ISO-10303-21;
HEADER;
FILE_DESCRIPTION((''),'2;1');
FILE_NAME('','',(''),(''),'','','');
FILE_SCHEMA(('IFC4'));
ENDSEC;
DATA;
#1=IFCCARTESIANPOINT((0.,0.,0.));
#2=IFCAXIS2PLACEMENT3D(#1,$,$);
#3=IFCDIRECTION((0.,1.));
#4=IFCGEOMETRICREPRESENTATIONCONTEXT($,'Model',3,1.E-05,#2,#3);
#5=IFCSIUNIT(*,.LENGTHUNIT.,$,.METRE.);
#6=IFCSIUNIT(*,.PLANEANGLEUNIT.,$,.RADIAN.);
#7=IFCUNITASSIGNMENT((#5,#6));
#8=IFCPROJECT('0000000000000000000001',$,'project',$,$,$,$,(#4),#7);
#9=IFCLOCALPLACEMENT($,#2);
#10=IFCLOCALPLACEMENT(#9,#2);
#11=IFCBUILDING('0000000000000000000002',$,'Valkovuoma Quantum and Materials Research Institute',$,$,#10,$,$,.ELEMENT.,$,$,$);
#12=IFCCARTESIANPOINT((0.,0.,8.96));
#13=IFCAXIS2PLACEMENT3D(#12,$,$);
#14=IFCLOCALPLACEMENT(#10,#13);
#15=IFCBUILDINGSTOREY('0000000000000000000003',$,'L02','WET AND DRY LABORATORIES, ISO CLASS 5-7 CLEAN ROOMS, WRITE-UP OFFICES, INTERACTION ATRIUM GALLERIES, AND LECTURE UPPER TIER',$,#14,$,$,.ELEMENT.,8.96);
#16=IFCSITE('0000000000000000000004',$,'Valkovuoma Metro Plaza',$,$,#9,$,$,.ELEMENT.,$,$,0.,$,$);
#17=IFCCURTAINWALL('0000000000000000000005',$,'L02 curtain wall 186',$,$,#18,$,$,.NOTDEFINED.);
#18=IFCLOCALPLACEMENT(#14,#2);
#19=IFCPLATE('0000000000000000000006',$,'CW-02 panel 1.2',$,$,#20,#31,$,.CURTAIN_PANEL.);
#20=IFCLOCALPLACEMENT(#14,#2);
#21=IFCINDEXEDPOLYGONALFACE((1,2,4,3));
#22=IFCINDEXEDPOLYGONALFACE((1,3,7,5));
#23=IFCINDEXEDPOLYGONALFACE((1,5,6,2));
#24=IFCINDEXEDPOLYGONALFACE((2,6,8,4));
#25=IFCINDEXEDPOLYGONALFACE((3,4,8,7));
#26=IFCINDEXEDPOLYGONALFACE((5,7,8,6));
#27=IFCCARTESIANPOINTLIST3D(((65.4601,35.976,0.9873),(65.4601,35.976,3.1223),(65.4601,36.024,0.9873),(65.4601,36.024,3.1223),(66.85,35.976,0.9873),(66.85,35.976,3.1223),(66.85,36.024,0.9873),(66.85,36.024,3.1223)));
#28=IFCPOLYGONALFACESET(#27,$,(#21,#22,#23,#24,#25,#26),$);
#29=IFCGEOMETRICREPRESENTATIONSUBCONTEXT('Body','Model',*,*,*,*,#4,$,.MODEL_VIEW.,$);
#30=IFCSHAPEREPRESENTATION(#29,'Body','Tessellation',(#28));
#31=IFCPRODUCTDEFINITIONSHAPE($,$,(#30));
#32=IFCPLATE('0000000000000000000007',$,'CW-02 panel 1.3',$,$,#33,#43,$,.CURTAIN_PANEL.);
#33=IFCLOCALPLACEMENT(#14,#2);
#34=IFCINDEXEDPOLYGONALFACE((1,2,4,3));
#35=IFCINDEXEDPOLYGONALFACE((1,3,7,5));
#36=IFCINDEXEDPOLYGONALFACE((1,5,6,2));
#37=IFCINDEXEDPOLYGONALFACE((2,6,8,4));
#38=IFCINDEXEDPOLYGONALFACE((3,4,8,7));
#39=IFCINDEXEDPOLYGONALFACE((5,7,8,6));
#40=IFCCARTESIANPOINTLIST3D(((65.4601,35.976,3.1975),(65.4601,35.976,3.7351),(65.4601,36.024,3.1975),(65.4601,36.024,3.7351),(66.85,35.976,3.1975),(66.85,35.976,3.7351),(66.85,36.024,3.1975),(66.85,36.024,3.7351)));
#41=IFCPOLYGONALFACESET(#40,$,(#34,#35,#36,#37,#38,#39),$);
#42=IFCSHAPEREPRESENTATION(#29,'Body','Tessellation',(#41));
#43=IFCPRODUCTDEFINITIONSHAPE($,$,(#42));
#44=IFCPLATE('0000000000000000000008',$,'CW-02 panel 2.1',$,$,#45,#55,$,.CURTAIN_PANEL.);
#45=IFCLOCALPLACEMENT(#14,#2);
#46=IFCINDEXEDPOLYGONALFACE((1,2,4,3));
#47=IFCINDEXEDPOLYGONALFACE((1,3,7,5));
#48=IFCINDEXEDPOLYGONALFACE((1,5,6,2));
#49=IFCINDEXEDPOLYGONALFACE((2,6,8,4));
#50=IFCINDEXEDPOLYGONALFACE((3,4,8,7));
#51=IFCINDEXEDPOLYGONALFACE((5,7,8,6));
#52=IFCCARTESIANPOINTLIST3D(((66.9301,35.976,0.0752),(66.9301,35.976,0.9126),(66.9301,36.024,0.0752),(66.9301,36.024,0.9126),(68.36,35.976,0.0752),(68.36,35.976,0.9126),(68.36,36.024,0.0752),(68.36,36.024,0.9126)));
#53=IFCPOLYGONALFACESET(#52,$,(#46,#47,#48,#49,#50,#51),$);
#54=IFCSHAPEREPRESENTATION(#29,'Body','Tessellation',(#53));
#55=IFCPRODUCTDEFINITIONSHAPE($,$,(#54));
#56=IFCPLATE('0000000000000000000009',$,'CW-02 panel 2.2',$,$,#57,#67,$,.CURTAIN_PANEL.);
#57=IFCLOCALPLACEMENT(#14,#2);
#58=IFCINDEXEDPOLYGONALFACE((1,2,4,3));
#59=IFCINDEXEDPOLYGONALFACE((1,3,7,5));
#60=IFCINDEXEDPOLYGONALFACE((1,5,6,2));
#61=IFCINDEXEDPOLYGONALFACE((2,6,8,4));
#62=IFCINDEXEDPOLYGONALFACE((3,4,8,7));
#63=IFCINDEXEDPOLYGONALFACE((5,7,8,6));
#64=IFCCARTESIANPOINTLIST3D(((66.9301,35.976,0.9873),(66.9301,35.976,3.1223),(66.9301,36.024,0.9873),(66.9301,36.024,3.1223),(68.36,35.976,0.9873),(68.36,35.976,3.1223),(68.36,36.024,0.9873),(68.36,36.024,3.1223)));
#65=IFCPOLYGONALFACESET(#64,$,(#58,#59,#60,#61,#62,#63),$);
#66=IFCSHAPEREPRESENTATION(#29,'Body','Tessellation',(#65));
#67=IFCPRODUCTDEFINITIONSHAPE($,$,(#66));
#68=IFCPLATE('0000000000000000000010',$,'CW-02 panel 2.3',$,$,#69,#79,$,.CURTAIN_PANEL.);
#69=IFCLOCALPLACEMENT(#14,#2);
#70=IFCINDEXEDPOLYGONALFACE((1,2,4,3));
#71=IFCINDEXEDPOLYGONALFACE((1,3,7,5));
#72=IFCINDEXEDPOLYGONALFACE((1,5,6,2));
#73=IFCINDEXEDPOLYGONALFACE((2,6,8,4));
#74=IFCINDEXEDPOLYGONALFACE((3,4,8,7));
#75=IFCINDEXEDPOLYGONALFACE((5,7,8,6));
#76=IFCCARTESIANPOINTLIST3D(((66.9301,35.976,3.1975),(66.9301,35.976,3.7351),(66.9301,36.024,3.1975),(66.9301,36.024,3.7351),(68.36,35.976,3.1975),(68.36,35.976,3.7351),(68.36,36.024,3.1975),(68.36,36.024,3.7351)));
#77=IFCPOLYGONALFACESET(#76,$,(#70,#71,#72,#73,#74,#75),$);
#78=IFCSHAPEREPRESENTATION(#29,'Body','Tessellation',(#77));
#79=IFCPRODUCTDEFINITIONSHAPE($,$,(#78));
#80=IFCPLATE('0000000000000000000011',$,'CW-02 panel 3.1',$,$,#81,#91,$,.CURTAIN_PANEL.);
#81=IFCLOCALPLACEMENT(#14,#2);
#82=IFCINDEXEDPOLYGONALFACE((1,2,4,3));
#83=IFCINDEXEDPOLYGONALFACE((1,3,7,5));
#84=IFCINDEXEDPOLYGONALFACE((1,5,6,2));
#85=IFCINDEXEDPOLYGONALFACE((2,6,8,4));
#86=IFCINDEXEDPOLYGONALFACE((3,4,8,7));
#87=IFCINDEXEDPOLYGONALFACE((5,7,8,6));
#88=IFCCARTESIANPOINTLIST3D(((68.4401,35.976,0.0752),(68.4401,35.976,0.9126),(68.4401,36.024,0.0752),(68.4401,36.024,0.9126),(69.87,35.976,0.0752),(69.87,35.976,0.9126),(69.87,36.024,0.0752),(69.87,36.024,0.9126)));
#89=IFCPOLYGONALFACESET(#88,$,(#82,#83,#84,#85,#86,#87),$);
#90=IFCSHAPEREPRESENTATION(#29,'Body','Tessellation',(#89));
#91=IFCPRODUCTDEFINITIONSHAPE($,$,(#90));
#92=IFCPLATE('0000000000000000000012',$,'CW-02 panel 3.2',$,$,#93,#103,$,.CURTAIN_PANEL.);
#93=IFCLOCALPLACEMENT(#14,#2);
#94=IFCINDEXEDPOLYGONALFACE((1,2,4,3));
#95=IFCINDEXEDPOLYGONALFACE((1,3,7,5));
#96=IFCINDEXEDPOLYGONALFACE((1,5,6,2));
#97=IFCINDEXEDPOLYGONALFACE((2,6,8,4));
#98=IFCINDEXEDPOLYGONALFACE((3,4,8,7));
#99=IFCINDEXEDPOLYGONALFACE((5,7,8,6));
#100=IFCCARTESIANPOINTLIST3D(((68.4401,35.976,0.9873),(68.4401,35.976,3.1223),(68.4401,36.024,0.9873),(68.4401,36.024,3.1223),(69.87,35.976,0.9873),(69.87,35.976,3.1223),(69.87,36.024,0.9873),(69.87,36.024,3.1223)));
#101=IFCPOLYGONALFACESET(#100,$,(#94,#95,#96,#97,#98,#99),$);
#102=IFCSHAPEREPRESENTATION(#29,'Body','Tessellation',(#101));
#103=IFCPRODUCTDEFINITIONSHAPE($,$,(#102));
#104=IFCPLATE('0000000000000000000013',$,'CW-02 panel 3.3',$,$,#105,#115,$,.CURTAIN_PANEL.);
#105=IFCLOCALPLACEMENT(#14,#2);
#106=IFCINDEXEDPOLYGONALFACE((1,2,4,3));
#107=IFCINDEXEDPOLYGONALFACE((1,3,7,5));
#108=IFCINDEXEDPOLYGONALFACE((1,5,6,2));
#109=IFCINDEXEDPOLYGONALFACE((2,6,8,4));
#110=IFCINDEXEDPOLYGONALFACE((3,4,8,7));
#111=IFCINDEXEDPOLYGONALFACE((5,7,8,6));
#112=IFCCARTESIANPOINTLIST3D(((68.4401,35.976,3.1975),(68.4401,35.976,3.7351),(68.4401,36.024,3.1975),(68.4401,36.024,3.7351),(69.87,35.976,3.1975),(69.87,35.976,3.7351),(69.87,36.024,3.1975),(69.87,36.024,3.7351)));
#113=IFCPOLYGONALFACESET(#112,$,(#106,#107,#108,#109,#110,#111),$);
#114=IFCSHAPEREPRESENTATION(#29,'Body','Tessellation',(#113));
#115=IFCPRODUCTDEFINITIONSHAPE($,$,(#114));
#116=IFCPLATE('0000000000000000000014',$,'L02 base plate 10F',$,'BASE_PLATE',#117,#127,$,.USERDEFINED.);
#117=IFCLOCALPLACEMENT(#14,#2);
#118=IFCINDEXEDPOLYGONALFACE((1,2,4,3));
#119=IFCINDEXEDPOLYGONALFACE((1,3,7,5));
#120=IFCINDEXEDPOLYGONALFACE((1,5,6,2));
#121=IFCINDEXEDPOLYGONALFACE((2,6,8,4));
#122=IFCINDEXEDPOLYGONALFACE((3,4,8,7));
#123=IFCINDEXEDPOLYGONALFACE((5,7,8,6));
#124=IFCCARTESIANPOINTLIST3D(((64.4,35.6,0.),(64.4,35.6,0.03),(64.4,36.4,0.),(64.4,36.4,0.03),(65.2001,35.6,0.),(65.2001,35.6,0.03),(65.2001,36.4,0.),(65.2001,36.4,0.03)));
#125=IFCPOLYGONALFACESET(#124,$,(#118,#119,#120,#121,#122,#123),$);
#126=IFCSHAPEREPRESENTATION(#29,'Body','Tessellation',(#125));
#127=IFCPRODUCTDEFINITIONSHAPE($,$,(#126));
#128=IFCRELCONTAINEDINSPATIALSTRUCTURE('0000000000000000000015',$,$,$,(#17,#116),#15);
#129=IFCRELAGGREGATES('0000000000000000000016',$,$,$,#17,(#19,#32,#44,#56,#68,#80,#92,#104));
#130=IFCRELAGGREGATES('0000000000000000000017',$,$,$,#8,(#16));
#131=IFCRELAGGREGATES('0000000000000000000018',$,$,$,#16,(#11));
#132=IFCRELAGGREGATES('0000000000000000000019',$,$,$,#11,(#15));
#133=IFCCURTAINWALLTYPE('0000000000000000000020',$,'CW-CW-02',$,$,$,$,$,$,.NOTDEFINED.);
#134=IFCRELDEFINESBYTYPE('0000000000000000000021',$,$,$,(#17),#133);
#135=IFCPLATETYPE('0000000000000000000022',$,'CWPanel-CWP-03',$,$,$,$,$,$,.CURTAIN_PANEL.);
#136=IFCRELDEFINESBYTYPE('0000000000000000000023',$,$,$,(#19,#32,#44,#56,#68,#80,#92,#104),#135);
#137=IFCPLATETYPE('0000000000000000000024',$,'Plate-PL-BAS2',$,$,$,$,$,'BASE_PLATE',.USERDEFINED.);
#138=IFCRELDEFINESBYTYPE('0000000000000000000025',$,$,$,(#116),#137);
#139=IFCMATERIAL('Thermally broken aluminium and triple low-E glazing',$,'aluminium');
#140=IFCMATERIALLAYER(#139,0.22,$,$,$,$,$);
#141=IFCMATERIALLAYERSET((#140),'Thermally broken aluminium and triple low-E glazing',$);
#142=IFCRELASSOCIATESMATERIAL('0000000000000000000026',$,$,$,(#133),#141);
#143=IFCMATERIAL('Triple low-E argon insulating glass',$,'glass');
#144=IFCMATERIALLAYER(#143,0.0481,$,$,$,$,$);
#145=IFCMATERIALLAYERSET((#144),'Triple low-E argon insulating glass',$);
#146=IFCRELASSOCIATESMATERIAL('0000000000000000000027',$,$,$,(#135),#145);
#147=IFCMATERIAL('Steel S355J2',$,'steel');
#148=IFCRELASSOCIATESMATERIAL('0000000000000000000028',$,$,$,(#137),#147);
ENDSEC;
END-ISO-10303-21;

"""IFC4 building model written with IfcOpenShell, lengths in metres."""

from ifc_helpers import new_model, si_unit, direction, frame, origin, origin_2d, place, context, subcontext, project, spatial, rectangle, extrude, material, layer, layer_set, type_object, element, aggregate, save


model = new_model("IFC4")

# Units and contexts
model_context = context("Model", 3, precision=1e-05, world=origin(), true_north=direction((0.0, 1.0)))
body_context = subcontext(model_context, "Body", "Model", "MODEL_VIEW")
ifc_project = project(units=[si_unit("LENGTHUNIT", "METRE"), si_unit("PLANEANGLEUNIT", "RADIAN")], contexts=[model_context])

# Site, building, storey
site_placement = place(None, origin())
site = spatial("IfcSite", under=ifc_project, at=site_placement, Name="Valkovuoma Metro Plaza", CompositionType="ELEMENT", RefElevation=0.0)
building_placement = place(site_placement, origin())
building = spatial("IfcBuilding", under=site, at=building_placement, Name="Valkovuoma Quantum and Materials Research Institute", CompositionType="ELEMENT")
storey_placement = place(building_placement, frame((0.0, 0.0, 8.96)))
storey = spatial("IfcBuildingStorey", under=building, at=storey_placement, Name="L02", Description="WET AND DRY LABORATORIES, ISO CLASS 5-7 CLEAN ROOMS, WRITE-UP OFFICES, INTERACTION ATRIUM GALLERIES, AND LECTURE UPPER TIER", CompositionType="ELEMENT", Elevation=8.96)

# Shared definitions
ifc_material_1 = material(Name="Thermally broken aluminium and triple low-E glazing", Category="aluminium")
ifc_layer_1 = layer(ifc_material_1, 0.22)
ifc_layer_set_1 = layer_set([ifc_layer_1], Name="Thermally broken aluminium and triple low-E glazing")
curtain_wall_type = type_object("IfcCurtainWallType", Name="CW-CW-02", PredefinedType="NOTDEFINED", material=ifc_layer_set_1)

# Curtain wall
curtain_wall_1_placement = place(storey_placement, origin())
curtain_wall_1 = element("IfcCurtainWall", 1, at=curtain_wall_1_placement, inside=storey, type_object=curtain_wall_type, Name="L02 curtain wall 186", PredefinedType="NOTDEFINED")

# Plates
ifc_material_2 = material(Name="Triple low-E argon insulating glass", Category="glass")
ifc_layer_2 = layer(ifc_material_2, 0.0481)
ifc_layer_set_2 = layer_set([ifc_layer_2], Name="Triple low-E argon insulating glass")
plate_type_1 = type_object("IfcPlateType", Name="CWPanel-CWP-03", PredefinedType="CURTAIN_PANEL", material=ifc_layer_set_2)
plate_1_placement = place(storey_placement, frame((66.155, 36.0, 0.9873), z_axis=(0.0, 0.0, 1.0), x_axis=(1.0, 0.0, 0.0)))
plate_1 = element("IfcPlate", 2, at=plate_1_placement, type_object=plate_type_1, Name="CW-02 panel 1.2", PredefinedType="CURTAIN_PANEL", context=body_context, shape_type="SweptSolid", body=[
    extrude(rectangle(XDim=1.3899, YDim=0.0481, at=origin_2d()), origin(), (0.0, 0.0, 1.0), 2.135),
])
plate_2_placement = place(storey_placement, frame((66.155, 36.0, 3.1975), z_axis=(0.0, 0.0, 1.0), x_axis=(1.0, 0.0, 0.0)))
plate_2 = element("IfcPlate", 3, at=plate_2_placement, type_object=plate_type_1, Name="CW-02 panel 1.3", PredefinedType="CURTAIN_PANEL", context=body_context, shape_type="SweptSolid", body=[
    extrude(rectangle(XDim=1.3899, YDim=0.0481, at=origin_2d()), origin(), (0.0, 0.0, 1.0), 0.5376),
])
plate_3_placement = place(storey_placement, frame((67.645, 36.0, 0.0752), z_axis=(0.0, 0.0, 1.0), x_axis=(1.0, 0.0, 0.0)))
plate_3 = element("IfcPlate", 4, at=plate_3_placement, type_object=plate_type_1, Name="CW-02 panel 2.1", PredefinedType="CURTAIN_PANEL", context=body_context, shape_type="SweptSolid", body=[
    extrude(rectangle(XDim=1.4299, YDim=0.0481, at=origin_2d()), origin(), (0.0, 0.0, 1.0), 0.8374),
])
plate_4_placement = place(storey_placement, frame((67.645, 36.0, 0.9873), z_axis=(0.0, 0.0, 1.0), x_axis=(1.0, 0.0, 0.0)))
plate_4 = element("IfcPlate", 5, at=plate_4_placement, type_object=plate_type_1, Name="CW-02 panel 2.2", PredefinedType="CURTAIN_PANEL", context=body_context, shape_type="SweptSolid", body=[
    extrude(rectangle(XDim=1.4299, YDim=0.0481, at=origin_2d()), origin(), (0.0, 0.0, 1.0), 2.135),
])
plate_5_placement = place(storey_placement, frame((67.645, 36.0, 3.1975), z_axis=(0.0, 0.0, 1.0), x_axis=(1.0, 0.0, 0.0)))
plate_5 = element("IfcPlate", 6, at=plate_5_placement, type_object=plate_type_1, Name="CW-02 panel 2.3", PredefinedType="CURTAIN_PANEL", context=body_context, shape_type="SweptSolid", body=[
    extrude(rectangle(XDim=1.4299, YDim=0.0481, at=origin_2d()), origin(), (0.0, 0.0, 1.0), 0.5376),
])
plate_6_placement = place(storey_placement, frame((69.155, 36.0, 0.0752), z_axis=(0.0, 0.0, 1.0), x_axis=(1.0, 0.0, 0.0)))
plate_6 = element("IfcPlate", 7, at=plate_6_placement, type_object=plate_type_1, Name="CW-02 panel 3.1", PredefinedType="CURTAIN_PANEL", context=body_context, shape_type="SweptSolid", body=[
    extrude(rectangle(XDim=1.4299, YDim=0.0481, at=origin_2d()), origin(), (0.0, 0.0, 1.0), 0.8374),
])
plate_7_placement = place(storey_placement, frame((69.155, 36.0, 0.9873), z_axis=(0.0, 0.0, 1.0), x_axis=(1.0, 0.0, 0.0)))
plate_7 = element("IfcPlate", 8, at=plate_7_placement, type_object=plate_type_1, Name="CW-02 panel 3.2", PredefinedType="CURTAIN_PANEL", context=body_context, shape_type="SweptSolid", body=[
    extrude(rectangle(XDim=1.4299, YDim=0.0481, at=origin_2d()), origin(), (0.0, 0.0, 1.0), 2.135),
])
plate_8_placement = place(storey_placement, frame((69.155, 36.0, 3.1975), z_axis=(0.0, 0.0, 1.0), x_axis=(1.0, 0.0, 0.0)))
plate_8 = element("IfcPlate", 9, at=plate_8_placement, type_object=plate_type_1, Name="CW-02 panel 3.3", PredefinedType="CURTAIN_PANEL", context=body_context, shape_type="SweptSolid", body=[
    extrude(rectangle(XDim=1.4299, YDim=0.0481, at=origin_2d()), origin(), (0.0, 0.0, 1.0), 0.5376),
])
aggregate(curtain_wall_1, [plate_1, plate_2, plate_3, plate_4, plate_5, plate_6, plate_7, plate_8])
ifc_material_3 = material(Name="Steel S355J2", Category="steel")
plate_type_2 = type_object("IfcPlateType", Name="Plate-PL-BAS2", ElementType="BASE_PLATE", PredefinedType="USERDEFINED", material=ifc_material_3)
plate_9_placement = place(storey_placement, frame((64.8, 36.0, 0.0), z_axis=(0.0, 0.0, 1.0), x_axis=(1.0, 0.0, 0.0)))
element("IfcPlate", 10, at=plate_9_placement, inside=storey, type_object=plate_type_2, Name="L02 base plate 10F", ObjectType="BASE_PLATE", PredefinedType="USERDEFINED", context=body_context, shape_type="SweptSolid", body=[
    extrude(rectangle(XDim=0.8, YDim=0.8, at=origin_2d()), origin(), (0.0, 0.0, 1.0), 0.03),
])

save(model, "model.ifc")
